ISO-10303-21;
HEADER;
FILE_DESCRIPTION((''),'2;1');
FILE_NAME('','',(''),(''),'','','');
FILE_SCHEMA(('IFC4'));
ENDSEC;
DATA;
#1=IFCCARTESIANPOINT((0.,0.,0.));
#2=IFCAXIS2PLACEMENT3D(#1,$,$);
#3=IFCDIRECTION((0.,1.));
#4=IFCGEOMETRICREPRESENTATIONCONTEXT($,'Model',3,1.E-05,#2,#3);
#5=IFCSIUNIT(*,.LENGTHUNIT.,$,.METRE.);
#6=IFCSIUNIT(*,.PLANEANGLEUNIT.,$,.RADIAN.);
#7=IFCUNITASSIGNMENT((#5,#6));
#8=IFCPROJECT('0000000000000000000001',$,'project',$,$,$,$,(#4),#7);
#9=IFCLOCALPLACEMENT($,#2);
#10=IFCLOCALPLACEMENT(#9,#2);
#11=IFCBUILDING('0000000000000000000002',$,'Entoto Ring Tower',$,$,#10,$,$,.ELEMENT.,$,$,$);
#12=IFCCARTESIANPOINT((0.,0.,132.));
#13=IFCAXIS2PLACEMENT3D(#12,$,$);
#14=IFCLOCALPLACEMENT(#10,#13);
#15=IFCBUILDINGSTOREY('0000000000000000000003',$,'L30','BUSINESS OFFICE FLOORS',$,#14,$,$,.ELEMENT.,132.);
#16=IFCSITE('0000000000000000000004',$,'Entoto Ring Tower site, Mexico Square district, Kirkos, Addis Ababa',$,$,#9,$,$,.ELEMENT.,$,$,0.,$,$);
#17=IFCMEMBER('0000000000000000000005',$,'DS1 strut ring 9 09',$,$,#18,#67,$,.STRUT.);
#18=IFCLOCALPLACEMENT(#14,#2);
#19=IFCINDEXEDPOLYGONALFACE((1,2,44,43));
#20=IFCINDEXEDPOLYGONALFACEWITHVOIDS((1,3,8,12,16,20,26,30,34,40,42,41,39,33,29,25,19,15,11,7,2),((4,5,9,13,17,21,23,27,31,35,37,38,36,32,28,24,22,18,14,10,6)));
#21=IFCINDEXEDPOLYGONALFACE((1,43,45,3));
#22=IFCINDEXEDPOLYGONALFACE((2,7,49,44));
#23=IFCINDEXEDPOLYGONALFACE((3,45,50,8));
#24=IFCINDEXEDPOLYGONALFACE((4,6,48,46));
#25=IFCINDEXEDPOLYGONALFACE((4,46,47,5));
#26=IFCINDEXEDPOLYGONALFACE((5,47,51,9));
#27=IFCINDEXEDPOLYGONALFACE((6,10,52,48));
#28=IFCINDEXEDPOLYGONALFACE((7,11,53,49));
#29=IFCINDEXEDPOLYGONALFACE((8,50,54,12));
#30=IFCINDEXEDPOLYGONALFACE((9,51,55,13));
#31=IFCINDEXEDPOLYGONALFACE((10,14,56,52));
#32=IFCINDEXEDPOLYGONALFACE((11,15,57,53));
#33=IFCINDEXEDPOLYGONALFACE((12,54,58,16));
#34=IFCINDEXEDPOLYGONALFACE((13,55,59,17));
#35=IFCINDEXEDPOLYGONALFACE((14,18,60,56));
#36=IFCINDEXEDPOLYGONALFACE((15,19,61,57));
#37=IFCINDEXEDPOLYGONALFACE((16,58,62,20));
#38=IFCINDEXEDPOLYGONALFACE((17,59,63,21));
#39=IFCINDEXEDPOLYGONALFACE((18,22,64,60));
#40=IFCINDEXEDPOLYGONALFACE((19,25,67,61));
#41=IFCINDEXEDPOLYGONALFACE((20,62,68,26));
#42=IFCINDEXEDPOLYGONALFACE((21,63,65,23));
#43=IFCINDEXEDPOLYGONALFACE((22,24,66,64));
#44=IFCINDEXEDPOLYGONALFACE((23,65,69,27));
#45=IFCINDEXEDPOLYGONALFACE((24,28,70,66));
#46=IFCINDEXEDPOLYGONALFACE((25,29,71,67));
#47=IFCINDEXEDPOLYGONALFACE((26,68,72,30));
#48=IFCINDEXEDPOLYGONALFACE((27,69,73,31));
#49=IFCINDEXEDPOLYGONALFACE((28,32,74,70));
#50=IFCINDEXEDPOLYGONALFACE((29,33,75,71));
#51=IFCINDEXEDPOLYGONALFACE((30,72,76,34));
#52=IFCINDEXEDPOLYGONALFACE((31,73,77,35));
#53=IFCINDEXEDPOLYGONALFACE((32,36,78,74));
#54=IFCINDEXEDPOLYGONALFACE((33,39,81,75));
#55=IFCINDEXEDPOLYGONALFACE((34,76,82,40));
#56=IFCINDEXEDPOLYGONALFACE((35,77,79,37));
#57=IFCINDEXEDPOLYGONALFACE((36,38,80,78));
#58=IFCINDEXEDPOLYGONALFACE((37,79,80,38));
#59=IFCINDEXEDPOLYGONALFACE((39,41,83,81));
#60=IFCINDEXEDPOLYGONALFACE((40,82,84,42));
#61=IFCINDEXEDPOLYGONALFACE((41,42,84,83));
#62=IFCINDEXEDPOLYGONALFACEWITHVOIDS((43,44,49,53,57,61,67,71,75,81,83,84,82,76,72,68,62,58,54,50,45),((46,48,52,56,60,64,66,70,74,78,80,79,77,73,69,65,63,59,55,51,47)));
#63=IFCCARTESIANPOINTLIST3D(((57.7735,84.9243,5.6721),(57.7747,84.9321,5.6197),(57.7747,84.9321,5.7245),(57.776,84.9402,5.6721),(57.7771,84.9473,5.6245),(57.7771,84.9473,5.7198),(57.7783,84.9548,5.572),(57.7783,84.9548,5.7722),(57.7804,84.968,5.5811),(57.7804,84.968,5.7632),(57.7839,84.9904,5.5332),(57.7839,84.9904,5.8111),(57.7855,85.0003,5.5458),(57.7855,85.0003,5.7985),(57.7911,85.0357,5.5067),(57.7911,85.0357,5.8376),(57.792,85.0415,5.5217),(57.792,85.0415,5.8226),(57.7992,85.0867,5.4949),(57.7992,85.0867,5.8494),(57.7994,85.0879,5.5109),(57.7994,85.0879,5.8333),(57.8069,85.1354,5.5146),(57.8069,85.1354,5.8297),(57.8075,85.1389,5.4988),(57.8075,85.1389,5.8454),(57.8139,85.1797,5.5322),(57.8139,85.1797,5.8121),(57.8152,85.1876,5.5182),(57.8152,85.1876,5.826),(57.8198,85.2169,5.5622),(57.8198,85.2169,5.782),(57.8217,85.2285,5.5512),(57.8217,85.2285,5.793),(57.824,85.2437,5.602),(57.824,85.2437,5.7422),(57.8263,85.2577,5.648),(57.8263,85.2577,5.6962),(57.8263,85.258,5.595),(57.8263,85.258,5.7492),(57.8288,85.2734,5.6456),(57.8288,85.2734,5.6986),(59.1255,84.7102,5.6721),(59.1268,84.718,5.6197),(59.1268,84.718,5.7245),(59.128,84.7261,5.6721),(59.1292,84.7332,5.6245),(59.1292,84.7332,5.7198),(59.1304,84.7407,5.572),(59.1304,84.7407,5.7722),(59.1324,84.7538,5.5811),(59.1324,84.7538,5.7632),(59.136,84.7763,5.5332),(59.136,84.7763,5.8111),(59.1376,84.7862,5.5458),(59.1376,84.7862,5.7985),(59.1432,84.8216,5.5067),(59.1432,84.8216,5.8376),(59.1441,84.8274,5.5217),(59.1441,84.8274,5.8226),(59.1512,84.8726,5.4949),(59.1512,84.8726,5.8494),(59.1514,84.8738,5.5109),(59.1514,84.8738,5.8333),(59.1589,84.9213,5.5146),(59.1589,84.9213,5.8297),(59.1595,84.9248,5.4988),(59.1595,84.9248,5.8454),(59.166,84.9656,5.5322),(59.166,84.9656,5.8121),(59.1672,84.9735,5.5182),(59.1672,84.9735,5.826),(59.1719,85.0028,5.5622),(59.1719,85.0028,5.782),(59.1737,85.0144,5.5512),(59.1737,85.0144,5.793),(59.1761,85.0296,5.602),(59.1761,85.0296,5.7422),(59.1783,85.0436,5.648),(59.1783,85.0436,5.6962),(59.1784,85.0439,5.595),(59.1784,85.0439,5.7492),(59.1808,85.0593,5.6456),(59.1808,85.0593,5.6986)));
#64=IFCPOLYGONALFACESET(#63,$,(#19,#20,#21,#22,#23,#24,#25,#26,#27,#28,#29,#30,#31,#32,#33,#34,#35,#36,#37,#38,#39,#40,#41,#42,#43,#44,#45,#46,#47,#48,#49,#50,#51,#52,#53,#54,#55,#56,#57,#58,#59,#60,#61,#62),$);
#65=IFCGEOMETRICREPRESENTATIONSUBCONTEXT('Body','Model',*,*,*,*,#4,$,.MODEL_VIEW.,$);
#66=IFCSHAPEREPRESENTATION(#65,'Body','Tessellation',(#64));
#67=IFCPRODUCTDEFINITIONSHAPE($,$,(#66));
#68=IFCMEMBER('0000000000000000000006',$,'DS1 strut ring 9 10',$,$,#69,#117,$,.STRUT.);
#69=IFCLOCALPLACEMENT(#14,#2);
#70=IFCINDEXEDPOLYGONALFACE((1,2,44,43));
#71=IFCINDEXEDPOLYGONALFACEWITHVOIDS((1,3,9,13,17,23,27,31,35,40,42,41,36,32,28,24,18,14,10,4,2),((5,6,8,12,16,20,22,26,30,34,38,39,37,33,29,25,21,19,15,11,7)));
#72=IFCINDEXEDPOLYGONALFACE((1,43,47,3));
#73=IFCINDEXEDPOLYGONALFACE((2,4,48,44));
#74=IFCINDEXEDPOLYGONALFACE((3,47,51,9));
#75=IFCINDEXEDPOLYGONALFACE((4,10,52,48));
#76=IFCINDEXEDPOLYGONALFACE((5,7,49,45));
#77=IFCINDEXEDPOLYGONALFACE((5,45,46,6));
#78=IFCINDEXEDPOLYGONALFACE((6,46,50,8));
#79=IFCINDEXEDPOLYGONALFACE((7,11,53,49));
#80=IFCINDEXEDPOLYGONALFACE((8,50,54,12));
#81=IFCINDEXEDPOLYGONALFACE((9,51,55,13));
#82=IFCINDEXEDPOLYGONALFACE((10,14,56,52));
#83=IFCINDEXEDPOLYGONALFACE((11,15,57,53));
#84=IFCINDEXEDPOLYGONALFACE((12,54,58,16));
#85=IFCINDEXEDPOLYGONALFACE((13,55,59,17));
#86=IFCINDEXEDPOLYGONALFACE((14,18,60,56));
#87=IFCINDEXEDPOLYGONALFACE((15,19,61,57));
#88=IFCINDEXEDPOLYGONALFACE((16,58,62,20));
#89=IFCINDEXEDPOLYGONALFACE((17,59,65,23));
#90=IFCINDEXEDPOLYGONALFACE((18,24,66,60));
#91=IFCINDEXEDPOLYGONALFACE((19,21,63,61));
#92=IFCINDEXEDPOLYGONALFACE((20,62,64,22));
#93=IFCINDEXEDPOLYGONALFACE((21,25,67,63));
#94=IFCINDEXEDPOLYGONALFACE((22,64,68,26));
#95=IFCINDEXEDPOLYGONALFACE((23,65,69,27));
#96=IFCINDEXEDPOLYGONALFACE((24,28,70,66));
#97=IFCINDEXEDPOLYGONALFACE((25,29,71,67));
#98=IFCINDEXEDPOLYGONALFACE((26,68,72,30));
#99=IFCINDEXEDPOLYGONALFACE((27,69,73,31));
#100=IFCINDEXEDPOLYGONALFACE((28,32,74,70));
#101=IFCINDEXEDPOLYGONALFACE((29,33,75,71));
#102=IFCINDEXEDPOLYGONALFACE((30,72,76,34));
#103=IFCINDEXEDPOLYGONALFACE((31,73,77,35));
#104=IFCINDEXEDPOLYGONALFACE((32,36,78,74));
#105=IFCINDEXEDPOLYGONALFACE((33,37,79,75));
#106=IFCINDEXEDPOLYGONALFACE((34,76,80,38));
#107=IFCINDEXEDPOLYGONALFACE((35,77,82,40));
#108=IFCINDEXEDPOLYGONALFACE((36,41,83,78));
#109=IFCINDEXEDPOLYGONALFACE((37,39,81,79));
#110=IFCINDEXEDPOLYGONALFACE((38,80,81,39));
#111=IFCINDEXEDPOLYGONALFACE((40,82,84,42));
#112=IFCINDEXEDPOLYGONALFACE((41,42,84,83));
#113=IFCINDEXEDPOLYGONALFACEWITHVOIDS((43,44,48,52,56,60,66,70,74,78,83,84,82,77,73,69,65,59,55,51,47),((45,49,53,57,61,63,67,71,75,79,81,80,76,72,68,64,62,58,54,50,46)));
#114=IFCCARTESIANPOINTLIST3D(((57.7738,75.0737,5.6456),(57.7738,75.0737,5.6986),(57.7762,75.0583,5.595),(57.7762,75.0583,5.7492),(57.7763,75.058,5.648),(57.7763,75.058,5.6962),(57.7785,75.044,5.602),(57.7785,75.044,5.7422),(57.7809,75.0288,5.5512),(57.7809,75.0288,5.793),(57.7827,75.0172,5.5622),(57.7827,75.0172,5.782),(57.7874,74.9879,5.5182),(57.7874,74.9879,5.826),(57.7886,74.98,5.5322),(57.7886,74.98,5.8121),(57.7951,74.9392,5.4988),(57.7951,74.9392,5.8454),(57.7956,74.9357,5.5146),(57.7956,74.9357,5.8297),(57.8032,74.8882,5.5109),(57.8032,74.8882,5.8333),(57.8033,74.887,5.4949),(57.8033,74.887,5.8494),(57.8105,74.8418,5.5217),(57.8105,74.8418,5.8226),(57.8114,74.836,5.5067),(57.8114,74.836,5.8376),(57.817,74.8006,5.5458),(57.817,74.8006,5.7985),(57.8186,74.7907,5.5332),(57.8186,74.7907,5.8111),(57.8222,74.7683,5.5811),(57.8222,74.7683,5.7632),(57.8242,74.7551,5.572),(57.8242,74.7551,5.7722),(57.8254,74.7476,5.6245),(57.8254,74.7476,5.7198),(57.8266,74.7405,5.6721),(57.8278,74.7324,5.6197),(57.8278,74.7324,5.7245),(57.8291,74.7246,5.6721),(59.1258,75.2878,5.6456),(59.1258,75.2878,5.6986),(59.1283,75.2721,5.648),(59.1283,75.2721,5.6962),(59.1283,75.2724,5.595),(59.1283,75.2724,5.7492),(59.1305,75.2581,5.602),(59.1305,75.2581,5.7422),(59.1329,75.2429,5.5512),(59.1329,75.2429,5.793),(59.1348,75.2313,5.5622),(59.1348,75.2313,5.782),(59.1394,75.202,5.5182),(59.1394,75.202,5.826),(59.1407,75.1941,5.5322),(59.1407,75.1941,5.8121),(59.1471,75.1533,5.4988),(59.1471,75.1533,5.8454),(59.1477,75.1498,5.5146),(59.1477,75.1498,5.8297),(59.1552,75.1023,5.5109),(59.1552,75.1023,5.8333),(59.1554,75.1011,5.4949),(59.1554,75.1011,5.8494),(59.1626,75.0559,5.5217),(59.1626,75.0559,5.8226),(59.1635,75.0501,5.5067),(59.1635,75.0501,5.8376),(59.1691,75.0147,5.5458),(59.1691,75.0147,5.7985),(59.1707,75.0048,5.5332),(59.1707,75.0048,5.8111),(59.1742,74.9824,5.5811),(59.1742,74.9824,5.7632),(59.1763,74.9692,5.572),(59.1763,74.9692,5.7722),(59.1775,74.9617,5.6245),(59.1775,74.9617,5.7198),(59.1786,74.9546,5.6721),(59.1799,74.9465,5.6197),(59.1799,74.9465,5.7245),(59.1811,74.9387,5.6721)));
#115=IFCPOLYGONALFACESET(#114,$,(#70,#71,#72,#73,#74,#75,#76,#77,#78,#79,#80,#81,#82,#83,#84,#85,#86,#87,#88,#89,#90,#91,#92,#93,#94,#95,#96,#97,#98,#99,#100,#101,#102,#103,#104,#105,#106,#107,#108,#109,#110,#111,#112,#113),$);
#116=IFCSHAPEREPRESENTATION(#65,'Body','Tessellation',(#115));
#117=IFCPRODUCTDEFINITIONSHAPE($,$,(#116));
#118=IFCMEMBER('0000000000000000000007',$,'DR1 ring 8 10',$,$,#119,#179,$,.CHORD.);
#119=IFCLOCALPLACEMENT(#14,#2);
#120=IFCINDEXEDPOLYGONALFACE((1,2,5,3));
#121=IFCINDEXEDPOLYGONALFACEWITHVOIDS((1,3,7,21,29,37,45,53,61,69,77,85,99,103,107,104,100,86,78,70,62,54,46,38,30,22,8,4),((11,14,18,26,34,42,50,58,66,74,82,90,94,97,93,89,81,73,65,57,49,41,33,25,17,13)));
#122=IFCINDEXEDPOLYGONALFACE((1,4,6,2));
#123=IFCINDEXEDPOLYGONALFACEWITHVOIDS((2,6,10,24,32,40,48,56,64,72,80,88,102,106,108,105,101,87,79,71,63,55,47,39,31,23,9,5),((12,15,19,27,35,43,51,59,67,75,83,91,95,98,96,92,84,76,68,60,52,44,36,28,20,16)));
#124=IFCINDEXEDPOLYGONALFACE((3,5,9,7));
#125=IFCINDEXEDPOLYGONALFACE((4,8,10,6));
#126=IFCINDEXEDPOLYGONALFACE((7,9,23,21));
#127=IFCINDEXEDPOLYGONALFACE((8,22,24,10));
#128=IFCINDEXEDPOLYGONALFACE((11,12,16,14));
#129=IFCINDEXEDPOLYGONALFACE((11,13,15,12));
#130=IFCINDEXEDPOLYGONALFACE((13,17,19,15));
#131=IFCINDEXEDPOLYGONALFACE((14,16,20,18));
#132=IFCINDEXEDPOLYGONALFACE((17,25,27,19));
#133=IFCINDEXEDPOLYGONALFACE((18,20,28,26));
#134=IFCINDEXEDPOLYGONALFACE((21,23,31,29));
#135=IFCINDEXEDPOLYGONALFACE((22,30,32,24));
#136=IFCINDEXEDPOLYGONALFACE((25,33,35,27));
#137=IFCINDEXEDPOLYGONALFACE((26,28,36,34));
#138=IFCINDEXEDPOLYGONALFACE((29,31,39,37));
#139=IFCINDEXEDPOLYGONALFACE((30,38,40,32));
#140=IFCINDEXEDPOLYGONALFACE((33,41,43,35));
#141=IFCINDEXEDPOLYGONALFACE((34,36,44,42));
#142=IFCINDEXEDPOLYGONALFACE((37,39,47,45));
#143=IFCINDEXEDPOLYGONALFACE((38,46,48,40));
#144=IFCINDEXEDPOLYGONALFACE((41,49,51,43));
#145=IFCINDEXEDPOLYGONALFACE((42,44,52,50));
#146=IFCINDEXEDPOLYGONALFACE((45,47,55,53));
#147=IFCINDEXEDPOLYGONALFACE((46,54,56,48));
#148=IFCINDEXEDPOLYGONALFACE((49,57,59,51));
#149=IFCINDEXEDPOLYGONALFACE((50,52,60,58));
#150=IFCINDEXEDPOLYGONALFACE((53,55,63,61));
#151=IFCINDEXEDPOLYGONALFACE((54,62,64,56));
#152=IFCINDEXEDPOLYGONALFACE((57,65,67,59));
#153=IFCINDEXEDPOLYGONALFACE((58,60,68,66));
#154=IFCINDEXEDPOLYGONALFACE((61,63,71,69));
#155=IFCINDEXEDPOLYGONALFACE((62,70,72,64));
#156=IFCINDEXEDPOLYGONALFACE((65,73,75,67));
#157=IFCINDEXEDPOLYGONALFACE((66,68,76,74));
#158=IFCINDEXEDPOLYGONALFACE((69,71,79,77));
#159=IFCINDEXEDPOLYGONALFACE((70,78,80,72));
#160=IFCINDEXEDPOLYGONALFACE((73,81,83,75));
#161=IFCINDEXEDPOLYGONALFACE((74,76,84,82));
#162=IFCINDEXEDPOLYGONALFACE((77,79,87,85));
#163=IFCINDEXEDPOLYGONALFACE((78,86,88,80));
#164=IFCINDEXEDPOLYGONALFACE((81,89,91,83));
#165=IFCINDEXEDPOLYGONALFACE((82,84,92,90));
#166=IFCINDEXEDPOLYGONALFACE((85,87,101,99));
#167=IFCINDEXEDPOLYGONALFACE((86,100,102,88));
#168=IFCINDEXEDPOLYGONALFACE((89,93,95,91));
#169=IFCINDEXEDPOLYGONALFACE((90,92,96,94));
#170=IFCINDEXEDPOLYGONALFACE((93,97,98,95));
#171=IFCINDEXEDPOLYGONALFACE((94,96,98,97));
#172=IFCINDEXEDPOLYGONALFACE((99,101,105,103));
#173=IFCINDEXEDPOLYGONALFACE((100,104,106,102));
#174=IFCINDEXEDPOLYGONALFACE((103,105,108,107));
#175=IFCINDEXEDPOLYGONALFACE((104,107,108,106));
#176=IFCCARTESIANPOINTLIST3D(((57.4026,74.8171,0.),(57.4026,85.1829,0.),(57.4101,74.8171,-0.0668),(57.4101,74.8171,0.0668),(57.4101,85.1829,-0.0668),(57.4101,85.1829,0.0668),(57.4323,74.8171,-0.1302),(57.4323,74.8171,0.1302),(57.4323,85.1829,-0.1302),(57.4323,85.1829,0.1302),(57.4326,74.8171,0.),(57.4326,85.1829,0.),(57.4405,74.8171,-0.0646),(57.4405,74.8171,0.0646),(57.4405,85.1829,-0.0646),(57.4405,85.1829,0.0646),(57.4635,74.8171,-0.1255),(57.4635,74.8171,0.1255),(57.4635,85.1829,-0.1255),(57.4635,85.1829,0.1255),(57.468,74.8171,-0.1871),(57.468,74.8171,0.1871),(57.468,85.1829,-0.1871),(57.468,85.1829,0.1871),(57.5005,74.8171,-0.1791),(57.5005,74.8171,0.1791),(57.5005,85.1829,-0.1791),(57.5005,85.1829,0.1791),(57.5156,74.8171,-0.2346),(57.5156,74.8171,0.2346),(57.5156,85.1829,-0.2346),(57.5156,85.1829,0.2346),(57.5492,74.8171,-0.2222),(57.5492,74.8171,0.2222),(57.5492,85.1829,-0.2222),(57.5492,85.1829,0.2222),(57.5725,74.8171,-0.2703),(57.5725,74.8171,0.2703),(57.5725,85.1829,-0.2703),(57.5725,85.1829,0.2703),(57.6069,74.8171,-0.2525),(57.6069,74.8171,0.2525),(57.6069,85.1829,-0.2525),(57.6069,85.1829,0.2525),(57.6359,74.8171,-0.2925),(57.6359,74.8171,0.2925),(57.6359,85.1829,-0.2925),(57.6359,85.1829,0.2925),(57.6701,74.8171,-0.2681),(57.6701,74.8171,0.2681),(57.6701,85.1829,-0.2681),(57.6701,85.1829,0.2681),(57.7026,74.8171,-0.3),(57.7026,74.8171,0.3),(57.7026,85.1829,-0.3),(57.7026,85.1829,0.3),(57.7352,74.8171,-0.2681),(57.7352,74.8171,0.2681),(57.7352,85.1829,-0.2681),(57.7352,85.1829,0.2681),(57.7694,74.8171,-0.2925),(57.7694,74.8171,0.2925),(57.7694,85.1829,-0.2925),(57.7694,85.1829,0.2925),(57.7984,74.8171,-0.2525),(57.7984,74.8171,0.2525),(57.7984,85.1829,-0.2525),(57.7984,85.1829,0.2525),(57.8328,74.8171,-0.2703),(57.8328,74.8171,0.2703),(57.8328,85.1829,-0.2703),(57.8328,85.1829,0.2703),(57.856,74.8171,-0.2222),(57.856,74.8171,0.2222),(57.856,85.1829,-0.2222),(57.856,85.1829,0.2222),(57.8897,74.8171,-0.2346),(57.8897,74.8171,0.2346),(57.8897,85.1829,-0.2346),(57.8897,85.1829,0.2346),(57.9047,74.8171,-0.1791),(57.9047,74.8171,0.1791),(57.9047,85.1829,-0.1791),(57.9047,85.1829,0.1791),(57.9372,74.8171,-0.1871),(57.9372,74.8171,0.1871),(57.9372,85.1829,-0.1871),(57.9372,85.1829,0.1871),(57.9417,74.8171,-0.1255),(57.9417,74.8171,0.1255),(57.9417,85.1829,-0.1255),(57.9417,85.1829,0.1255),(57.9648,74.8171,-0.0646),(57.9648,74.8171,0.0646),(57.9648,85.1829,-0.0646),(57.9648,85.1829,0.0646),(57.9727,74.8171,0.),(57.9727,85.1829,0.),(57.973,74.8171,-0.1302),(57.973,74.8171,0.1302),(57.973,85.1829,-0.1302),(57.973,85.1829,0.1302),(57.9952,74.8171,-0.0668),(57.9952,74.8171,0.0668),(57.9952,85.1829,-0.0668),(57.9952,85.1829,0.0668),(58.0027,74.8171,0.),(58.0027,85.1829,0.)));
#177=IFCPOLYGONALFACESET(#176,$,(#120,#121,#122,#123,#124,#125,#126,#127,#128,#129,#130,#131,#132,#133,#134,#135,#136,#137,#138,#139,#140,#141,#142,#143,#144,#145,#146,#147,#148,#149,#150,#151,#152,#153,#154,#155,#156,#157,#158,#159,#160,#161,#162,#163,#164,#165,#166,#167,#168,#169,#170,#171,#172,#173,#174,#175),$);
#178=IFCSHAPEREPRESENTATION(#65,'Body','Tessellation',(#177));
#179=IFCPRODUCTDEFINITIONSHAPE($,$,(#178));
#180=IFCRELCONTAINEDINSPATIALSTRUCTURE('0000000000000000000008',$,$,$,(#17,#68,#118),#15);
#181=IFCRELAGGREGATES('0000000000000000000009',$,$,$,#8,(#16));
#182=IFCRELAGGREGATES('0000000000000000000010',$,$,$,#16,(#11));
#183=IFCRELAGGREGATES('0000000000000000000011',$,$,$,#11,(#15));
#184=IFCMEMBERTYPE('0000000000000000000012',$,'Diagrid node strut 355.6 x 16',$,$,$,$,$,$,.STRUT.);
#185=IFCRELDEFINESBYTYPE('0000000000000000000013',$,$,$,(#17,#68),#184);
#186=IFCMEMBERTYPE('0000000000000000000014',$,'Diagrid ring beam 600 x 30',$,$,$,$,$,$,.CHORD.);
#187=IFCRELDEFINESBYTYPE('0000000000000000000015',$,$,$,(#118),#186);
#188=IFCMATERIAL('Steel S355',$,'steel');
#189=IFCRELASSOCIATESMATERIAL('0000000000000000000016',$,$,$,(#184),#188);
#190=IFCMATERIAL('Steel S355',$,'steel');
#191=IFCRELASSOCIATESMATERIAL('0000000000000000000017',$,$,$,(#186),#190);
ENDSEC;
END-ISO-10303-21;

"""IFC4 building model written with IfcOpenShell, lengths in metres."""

from ifc_helpers import new_model, si_unit, direction, frame, origin, origin_2d, place, context, subcontext, project, spatial, circle, hollow_circle, extrude, material, material_profile, profile_set, type_object, element, save


model = new_model("IFC4")

# Units and contexts
model_context = context("Model", 3, precision=1e-05, world=origin(), true_north=direction((0.0, 1.0)))
body_context = subcontext(model_context, "Body", "Model", "MODEL_VIEW")
ifc_project = project(units=[si_unit("LENGTHUNIT", "METRE"), si_unit("PLANEANGLEUNIT", "RADIAN")], contexts=[model_context])

# Site, building, storey
site_placement = place(None, origin())
site = spatial("IfcSite", under=ifc_project, at=site_placement, Name="Entoto Ring Tower site, Mexico Square district, Kirkos, Addis Ababa", CompositionType="ELEMENT", RefElevation=0.0)
building_placement = place(site_placement, origin())
building = spatial("IfcBuilding", under=site, at=building_placement, Name="Entoto Ring Tower", CompositionType="ELEMENT")
storey_placement = place(building_placement, frame((0.0, 0.0, 132.0)))
storey = spatial("IfcBuildingStorey", under=building, at=storey_placement, Name="L30", Description="BUSINESS OFFICE FLOORS", CompositionType="ELEMENT", Elevation=132.0)

# Members
ifc_material_1 = material(Name="Steel S355", Category="steel")
ifc_material_profile_1 = material_profile(ifc_material_1, hollow_circle(Radius=0.1777, WallThickness=0.0161, at=origin_2d()), Name="CHS 355.6 x 16")
ifc_material_2 = material(Name="Concrete C60/75", Category="concrete")
ifc_material_profile_2 = material_profile(ifc_material_2, circle(Radius=0.1619, at=origin_2d()), Name="Concrete C60/75 infill")
ifc_profile_set_1 = profile_set([ifc_material_profile_1, ifc_material_profile_2], Name="Steel S355")
member_type_1 = type_object("IfcMemberType", Name="Diagrid node strut 355.6 x 16", PredefinedType="STRUT", material=ifc_profile_set_1)
for number, where, z_axis, x_axis, name in (
    (1, (59.1533, 84.8857, 5.6721), (-0.987692, 0.156411, 0.0), (-0.156411, -0.987692, 0.0), "DS1 strut ring 9 09"),
    (2, (59.1533, 75.1143, 5.6721), (-0.987692, -0.156411, 0.0), (0.156411, -0.987692, 0.0), "DS1 strut ring 9 10"),
):
    element("IfcMember", number, at=place(storey_placement, frame(where, z_axis=z_axis, x_axis=x_axis)), inside=storey, type_object=member_type_1, Name=name, PredefinedType="STRUT", context=body_context, shape_type="SweptSolid", body=[
        extrude(hollow_circle(Radius=0.1777, WallThickness=0.0161, at=origin_2d()), origin(), (0.0, 0.0, 1.0), 1.3689),
    ])
ifc_material_3 = material(Name="Steel S355", Category="steel")
ifc_material_profile_3 = material_profile(ifc_material_3, hollow_circle(Radius=0.3, WallThickness=0.03, at=origin_2d()), Name="CHS 600 x 30")
ifc_material_4 = material(Name="Concrete C60/75", Category="concrete")
ifc_material_profile_4 = material_profile(ifc_material_4, circle(Radius=0.27, at=origin_2d()), Name="Concrete C60/75 infill")
ifc_profile_set_2 = profile_set([ifc_material_profile_3, ifc_material_profile_4], Name="Steel S355")
member_type_2 = type_object("IfcMemberType", Name="Diagrid ring beam 600 x 30", PredefinedType="CHORD", material=ifc_profile_set_2)
for number, where, z_axis, x_axis, name in (
    (3, (57.7026, 85.1829, 0.0), (0.0, -1.0, 0.0), (1.0, 0.0, 0.0), "DR1 ring 8 10"),
):
    element("IfcMember", number, at=place(storey_placement, frame(where, z_axis=z_axis, x_axis=x_axis)), inside=storey, type_object=member_type_2, Name=name, PredefinedType="CHORD", context=body_context, shape_type="SweptSolid", body=[
        extrude(hollow_circle(Radius=0.3, WallThickness=0.03, at=origin_2d()), origin(), (0.0, 0.0, 1.0), 10.3657),
    ])

save(model, "model.ifc")
